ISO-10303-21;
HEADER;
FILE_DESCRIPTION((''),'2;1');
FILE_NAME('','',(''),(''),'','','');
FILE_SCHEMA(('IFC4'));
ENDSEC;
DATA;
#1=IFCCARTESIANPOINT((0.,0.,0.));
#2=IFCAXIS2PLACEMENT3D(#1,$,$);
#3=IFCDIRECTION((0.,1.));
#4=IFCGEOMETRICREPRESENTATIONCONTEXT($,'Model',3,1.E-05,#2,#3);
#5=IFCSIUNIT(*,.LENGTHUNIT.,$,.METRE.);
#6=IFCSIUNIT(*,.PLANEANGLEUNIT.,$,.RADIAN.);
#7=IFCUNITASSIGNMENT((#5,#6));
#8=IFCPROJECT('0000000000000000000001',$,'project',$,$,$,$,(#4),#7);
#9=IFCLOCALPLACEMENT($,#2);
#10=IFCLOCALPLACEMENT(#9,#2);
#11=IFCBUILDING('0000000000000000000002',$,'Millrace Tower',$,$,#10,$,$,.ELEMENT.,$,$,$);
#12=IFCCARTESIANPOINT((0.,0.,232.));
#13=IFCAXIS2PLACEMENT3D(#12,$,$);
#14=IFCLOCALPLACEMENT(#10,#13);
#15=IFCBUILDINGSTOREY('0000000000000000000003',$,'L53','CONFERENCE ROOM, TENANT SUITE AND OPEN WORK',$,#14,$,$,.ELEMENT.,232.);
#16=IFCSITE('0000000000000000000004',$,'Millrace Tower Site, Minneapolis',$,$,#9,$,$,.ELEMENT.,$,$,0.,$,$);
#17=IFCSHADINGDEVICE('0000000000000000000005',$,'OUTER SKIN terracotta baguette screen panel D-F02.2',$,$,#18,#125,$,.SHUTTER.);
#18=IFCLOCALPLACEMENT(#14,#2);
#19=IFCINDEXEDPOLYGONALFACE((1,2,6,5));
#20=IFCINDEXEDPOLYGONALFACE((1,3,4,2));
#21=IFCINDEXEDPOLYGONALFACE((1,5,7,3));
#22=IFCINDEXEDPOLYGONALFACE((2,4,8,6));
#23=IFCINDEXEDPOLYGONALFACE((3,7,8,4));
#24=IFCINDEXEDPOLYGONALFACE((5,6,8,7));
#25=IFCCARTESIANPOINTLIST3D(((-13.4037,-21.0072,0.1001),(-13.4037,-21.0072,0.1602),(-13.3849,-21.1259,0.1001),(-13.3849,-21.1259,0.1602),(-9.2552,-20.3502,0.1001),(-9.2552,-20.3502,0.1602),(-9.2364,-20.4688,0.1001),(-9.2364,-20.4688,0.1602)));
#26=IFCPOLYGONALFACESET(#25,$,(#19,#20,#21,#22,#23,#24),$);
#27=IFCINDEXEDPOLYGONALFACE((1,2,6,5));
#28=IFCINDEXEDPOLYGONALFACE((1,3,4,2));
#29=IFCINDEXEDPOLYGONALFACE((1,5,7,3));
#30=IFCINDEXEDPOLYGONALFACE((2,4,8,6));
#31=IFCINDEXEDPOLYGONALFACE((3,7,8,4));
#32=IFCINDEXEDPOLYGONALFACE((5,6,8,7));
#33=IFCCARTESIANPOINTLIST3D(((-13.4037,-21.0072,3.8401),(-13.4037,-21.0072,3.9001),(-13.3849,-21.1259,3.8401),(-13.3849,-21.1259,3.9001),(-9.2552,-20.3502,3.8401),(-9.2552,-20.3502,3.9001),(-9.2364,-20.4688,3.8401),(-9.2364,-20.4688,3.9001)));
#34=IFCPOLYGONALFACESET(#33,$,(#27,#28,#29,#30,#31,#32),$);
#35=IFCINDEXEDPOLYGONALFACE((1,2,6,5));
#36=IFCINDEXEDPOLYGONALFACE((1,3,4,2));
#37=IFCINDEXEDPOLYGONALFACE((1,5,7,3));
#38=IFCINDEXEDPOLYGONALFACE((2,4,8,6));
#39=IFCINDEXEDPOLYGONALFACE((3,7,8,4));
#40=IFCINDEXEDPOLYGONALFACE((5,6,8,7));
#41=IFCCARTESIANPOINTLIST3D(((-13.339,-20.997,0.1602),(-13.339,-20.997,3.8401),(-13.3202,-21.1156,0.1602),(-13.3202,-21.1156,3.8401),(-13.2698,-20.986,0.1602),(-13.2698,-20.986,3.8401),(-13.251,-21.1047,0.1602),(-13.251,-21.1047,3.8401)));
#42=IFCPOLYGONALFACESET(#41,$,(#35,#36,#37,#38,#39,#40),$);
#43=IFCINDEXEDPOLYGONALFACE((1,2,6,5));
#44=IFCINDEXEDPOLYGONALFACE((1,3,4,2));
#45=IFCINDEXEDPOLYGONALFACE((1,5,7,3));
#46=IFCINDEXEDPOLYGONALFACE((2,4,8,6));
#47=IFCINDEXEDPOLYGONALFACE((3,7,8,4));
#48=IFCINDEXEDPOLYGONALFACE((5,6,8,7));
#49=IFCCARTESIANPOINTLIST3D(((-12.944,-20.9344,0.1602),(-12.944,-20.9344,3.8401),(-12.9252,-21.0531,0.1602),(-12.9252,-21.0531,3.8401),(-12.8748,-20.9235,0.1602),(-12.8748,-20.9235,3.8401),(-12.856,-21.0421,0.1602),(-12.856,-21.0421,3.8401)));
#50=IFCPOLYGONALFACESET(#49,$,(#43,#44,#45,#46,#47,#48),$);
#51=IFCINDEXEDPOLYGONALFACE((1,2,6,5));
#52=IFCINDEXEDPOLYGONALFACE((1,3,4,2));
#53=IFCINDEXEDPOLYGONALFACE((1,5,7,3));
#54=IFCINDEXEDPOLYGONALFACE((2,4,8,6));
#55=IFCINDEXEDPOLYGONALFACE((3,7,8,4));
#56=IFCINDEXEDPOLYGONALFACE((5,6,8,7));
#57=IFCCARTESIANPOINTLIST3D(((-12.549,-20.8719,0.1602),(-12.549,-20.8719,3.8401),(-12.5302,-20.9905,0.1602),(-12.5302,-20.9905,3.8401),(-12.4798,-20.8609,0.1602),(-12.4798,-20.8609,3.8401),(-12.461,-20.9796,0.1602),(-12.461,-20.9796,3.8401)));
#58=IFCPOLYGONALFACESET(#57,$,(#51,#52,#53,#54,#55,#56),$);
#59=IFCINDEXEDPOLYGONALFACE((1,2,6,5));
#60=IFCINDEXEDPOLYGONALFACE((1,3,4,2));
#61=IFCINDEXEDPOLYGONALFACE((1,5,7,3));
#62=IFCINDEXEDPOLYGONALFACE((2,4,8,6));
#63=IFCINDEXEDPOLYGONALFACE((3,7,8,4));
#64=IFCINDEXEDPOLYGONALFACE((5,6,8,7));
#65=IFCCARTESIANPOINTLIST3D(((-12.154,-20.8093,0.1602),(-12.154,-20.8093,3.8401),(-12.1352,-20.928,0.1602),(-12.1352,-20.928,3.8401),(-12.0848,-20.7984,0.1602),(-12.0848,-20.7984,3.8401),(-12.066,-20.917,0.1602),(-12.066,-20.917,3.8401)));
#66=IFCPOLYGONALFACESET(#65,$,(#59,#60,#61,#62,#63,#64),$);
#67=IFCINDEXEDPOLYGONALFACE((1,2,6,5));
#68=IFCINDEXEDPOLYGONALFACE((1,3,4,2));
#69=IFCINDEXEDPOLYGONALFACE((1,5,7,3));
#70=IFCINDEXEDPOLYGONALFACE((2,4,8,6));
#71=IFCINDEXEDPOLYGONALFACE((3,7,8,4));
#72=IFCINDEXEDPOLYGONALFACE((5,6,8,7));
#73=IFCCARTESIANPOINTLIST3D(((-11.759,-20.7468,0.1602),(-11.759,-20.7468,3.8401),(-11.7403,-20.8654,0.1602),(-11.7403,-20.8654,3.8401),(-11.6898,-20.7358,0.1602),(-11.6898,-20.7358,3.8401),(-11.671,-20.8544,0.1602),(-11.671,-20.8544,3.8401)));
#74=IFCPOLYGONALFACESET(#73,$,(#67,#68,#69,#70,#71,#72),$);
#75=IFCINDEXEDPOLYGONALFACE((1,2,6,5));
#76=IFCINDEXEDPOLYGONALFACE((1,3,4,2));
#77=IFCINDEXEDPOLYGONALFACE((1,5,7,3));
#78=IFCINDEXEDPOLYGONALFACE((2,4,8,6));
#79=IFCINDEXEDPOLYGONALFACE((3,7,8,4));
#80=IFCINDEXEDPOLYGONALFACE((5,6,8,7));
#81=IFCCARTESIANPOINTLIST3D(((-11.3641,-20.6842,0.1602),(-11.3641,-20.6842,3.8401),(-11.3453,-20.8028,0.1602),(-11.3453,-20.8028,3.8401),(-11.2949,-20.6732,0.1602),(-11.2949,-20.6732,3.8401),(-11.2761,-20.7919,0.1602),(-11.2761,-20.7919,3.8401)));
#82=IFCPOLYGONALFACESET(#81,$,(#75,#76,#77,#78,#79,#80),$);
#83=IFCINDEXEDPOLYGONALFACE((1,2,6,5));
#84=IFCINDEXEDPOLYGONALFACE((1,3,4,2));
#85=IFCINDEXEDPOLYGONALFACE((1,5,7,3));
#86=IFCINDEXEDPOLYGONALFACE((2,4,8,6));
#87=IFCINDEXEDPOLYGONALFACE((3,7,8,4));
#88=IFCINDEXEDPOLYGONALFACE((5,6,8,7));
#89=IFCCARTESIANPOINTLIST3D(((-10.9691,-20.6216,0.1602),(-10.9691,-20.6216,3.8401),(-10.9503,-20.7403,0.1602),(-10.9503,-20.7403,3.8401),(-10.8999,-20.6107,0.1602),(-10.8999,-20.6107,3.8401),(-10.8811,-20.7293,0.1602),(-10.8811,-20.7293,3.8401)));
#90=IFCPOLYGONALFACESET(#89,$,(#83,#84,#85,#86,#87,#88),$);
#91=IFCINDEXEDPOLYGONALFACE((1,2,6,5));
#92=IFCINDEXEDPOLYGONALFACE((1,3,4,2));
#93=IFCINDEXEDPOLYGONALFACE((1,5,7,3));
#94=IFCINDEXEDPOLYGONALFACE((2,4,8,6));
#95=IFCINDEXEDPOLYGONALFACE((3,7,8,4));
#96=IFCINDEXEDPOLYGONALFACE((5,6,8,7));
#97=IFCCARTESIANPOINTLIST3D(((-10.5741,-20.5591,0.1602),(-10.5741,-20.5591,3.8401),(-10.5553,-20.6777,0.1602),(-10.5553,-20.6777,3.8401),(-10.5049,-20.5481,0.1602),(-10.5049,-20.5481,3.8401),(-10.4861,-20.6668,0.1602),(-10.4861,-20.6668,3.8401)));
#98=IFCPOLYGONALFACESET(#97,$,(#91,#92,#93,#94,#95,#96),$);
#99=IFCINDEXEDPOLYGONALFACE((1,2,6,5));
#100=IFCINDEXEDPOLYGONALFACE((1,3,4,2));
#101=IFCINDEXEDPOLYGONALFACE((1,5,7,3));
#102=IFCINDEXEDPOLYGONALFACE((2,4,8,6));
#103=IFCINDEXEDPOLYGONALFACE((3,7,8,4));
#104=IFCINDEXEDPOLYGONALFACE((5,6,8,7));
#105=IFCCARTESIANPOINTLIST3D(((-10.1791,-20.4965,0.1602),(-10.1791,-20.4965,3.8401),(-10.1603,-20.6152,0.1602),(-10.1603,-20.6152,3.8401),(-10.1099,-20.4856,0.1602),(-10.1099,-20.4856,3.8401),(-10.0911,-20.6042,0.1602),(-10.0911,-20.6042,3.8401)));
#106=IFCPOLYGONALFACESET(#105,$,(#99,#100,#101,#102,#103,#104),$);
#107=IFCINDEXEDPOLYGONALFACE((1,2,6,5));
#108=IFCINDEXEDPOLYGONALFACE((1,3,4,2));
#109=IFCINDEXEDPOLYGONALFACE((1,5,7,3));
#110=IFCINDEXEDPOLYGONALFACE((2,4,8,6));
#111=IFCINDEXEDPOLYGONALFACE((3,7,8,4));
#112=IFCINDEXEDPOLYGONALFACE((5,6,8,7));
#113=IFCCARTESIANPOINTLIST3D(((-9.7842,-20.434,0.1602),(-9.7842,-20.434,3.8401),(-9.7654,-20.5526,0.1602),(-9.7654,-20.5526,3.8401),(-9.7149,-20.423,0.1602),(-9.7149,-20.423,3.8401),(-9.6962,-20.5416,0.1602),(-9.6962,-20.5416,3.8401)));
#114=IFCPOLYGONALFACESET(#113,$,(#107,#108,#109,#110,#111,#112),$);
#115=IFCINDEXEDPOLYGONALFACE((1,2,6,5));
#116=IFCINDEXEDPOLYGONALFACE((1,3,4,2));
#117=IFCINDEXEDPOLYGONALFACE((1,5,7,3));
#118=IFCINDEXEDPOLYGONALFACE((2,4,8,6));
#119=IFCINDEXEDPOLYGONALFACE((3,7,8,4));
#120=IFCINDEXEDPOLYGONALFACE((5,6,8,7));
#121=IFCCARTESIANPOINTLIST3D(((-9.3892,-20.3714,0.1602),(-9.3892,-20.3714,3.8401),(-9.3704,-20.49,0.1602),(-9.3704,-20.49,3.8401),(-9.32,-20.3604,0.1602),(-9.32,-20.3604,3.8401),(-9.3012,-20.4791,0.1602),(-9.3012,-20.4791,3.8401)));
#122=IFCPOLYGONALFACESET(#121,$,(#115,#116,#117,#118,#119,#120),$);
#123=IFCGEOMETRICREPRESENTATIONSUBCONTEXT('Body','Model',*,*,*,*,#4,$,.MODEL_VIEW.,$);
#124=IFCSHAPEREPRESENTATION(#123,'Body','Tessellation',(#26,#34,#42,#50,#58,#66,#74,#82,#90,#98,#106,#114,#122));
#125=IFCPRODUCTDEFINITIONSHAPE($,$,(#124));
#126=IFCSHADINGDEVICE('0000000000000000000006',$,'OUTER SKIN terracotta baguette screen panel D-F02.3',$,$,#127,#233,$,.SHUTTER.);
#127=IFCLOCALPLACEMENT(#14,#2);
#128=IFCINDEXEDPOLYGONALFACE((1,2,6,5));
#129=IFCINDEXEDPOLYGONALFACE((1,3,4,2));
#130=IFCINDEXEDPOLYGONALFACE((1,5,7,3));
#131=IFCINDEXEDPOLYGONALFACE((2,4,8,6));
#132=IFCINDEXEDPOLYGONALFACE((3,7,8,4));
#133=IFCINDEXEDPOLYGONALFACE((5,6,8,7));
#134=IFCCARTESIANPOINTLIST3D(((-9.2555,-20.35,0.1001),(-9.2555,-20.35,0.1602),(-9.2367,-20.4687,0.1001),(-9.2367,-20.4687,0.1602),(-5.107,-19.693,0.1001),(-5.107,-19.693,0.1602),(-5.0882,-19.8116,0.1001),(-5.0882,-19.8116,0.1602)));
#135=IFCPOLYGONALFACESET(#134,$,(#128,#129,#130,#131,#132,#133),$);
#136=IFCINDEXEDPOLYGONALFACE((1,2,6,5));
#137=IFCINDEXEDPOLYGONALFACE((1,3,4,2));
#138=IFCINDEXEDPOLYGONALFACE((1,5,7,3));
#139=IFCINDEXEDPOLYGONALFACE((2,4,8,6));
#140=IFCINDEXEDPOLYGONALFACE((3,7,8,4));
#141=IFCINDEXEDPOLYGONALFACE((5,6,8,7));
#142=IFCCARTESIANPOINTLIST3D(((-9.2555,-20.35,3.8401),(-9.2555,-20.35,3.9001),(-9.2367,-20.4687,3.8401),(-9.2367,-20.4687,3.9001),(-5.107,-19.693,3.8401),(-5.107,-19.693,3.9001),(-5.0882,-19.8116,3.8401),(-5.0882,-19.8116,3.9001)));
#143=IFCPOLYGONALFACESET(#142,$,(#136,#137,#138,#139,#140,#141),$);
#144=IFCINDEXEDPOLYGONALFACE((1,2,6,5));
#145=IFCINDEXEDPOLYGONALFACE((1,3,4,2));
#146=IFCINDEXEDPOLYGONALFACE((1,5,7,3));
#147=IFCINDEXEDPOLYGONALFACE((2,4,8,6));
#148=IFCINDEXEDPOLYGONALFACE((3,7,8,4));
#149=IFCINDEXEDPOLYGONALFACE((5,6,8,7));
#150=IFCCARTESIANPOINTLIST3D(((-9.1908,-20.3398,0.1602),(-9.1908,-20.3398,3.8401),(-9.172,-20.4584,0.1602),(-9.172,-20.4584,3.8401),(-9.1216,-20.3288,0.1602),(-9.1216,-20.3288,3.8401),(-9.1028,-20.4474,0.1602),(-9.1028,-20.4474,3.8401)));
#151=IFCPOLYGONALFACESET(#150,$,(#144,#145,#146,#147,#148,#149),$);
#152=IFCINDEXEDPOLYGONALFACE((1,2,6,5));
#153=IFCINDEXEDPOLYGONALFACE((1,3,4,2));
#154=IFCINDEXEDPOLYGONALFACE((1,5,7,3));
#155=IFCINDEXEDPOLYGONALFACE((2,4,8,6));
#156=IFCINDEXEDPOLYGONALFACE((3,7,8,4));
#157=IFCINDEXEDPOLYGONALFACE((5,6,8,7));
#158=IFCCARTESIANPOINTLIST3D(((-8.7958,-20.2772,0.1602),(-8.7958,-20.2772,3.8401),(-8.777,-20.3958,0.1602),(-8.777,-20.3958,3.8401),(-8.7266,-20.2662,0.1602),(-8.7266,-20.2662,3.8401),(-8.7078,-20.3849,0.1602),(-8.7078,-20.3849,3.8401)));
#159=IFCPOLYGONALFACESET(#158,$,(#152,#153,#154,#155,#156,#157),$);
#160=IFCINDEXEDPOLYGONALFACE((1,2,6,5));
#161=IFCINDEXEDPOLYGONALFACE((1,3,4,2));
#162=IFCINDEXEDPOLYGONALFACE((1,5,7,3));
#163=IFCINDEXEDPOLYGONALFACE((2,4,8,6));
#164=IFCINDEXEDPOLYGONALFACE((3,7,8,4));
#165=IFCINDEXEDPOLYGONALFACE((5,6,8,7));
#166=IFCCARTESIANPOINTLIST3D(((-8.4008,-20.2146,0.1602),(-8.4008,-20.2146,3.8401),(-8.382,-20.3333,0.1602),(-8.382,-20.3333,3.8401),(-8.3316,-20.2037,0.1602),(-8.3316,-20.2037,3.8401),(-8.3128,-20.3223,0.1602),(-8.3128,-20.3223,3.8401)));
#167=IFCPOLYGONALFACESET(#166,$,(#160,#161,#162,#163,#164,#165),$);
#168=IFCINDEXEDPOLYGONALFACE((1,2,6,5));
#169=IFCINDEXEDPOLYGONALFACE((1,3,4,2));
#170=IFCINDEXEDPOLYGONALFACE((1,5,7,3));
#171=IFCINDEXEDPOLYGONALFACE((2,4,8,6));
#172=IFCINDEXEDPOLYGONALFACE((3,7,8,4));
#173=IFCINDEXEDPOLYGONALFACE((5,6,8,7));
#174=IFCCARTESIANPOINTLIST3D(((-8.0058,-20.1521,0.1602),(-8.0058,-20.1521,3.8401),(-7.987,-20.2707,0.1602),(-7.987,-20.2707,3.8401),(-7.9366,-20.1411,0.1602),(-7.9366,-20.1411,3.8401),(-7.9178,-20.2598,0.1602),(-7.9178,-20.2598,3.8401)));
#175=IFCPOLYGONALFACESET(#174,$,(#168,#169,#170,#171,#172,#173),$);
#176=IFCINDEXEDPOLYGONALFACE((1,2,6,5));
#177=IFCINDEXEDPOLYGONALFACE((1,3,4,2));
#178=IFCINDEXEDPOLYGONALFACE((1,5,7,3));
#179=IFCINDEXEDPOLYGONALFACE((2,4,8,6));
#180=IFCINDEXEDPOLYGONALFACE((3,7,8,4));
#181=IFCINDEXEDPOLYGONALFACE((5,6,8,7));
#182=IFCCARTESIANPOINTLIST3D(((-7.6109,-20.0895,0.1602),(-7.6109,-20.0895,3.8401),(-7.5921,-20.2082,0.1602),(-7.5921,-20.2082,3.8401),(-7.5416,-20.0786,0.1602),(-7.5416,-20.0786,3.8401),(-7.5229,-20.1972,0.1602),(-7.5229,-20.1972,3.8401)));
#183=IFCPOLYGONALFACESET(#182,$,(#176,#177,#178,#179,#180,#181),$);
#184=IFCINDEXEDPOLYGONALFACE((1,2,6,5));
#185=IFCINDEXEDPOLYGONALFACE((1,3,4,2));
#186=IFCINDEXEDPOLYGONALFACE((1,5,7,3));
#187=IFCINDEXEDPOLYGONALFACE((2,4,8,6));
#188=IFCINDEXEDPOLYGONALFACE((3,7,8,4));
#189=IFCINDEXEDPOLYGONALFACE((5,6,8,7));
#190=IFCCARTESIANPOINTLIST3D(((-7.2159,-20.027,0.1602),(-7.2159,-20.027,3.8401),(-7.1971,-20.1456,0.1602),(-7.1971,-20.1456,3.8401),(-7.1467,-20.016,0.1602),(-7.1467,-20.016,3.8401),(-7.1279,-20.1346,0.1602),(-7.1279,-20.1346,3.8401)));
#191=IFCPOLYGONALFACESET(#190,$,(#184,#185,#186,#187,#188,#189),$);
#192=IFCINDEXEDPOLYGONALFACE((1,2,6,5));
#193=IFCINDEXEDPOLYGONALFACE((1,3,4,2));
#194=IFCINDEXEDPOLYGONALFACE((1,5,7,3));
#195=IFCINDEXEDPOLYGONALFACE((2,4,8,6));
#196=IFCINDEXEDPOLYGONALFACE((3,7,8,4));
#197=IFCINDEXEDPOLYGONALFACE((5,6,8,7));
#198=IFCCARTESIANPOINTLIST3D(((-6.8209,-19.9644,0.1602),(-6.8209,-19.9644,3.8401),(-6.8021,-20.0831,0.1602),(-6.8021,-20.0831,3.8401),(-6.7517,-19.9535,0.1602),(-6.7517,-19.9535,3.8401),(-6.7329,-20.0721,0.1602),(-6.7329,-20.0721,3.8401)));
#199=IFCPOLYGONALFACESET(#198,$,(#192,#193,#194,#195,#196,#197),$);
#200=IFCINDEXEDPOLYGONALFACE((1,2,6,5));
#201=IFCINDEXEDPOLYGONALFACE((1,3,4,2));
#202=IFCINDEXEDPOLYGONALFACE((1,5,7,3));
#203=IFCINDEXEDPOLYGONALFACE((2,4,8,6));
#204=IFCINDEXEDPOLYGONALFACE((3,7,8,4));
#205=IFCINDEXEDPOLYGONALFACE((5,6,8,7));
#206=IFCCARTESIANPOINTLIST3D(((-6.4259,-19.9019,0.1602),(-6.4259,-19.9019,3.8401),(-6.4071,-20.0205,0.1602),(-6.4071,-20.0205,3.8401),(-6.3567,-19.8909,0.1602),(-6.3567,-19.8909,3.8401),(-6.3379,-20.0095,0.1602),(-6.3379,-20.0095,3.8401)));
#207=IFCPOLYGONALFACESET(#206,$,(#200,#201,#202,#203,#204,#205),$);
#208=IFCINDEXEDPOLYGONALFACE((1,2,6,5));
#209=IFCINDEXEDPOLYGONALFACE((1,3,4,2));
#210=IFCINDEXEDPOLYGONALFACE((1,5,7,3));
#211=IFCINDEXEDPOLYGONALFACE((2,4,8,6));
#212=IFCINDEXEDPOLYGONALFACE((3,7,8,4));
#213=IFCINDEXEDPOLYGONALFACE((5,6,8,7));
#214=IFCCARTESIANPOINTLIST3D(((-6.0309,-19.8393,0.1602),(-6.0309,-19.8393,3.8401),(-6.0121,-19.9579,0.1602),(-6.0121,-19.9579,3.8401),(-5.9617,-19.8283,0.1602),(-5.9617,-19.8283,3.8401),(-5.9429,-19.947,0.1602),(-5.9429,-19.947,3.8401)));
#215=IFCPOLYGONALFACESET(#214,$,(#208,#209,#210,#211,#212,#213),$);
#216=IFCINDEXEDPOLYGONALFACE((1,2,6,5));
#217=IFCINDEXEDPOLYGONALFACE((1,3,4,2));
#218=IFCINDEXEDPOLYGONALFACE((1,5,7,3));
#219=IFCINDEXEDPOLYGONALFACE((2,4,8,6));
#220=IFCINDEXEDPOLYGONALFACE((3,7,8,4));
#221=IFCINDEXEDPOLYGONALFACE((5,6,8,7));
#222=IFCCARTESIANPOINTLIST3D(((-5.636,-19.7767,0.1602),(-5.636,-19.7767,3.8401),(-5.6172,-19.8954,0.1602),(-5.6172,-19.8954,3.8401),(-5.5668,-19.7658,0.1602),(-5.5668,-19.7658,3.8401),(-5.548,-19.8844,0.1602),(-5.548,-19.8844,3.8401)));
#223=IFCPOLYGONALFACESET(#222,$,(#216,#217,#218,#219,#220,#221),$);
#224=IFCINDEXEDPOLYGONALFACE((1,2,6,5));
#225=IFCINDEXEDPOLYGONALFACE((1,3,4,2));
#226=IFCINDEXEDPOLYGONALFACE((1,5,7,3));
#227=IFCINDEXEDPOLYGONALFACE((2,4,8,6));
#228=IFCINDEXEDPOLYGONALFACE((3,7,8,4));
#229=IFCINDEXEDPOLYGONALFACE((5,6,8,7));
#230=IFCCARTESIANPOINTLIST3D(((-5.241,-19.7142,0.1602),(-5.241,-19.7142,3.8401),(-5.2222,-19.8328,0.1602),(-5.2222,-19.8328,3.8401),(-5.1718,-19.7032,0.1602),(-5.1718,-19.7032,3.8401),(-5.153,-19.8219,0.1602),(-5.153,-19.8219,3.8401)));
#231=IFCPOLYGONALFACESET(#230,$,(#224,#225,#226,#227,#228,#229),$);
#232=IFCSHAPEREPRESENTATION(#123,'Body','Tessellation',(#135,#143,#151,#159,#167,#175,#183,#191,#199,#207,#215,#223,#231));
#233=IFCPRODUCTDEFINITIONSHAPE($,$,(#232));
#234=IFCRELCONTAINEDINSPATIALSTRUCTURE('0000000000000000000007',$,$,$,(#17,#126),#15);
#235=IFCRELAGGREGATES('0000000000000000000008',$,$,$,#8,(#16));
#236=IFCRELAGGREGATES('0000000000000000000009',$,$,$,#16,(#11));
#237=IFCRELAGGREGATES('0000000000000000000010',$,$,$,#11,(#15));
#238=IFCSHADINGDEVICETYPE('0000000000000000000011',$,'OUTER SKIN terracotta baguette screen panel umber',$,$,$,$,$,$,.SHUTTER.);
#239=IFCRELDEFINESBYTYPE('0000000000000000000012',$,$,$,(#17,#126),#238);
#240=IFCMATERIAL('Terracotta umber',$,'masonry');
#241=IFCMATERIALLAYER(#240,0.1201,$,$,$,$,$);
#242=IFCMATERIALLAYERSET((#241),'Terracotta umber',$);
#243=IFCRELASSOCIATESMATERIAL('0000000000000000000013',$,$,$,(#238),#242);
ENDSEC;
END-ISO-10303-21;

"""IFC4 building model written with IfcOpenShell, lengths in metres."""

from ifc_helpers import new_model, entity, si_unit, direction, frame, frame_2d, origin, origin_2d, place, context, subcontext, project, spatial, rectangle, extrude, source, transform, mapped, material, layer, layer_set, type_object, element, save


model = new_model("IFC4")

# Units and contexts
model_context = context("Model", 3, precision=1e-05, world=origin(), true_north=direction((0.0, 1.0)))
body_context = subcontext(model_context, "Body", "Model", "MODEL_VIEW")
ifc_project = project(units=[si_unit("LENGTHUNIT", "METRE"), si_unit("PLANEANGLEUNIT", "RADIAN")], contexts=[model_context])

# Site, building, storey
site_placement = place(None, origin())
site = spatial("IfcSite", under=ifc_project, at=site_placement, Name="Millrace Tower Site, Minneapolis", CompositionType="ELEMENT", RefElevation=0.0)
building_placement = place(site_placement, origin())
building = spatial("IfcBuilding", under=site, at=building_placement, Name="Millrace Tower", CompositionType="ELEMENT")
storey_placement = place(building_placement, frame((0.0, 0.0, 232.0)))
storey = spatial("IfcBuildingStorey", under=building, at=storey_placement, Name="L53", Description="CONFERENCE ROOM, TENANT SUITE AND OPEN WORK", CompositionType="ELEMENT", Elevation=232.0)

# Shading devices
ifc_material_1 = material(Name="Terracotta umber", Category="masonry")
ifc_layer_1 = layer(ifc_material_1, 0.1201)
ifc_layer_set_1 = layer_set([ifc_layer_1], Name="Terracotta umber")
shading_device_type = type_object("IfcShadingDeviceType", Name="OUTER SKIN terracotta baguette screen panel umber", PredefinedType="SHUTTER", material=ifc_layer_set_1)
cartesian_point = entity("IfcCartesianPoint", [-2.1001, 0.0601])
shared_polyline = entity("IfcPolyline", [cartesian_point, entity("IfcCartesianPoint", [2.1001, 0.0601]), entity("IfcCartesianPoint", [2.1001, -0.0601]), entity("IfcCartesianPoint", [-2.1001, -0.0601]), cartesian_point])
shared_shape = source(origin(), body_context, "Body", "SweptSolid", [
    entity("IfcExtrudedAreaSolid", entity("IfcArbitraryClosedProfileDef", "AREA", None, shared_polyline), entity("IfcAxis2Placement3D", entity("IfcCartesianPoint", [0.0, 0.0, 0.0])), entity("IfcDirection", [0.0, 0.0, 1.0]), 0.0601),
    entity("IfcExtrudedAreaSolid", entity("IfcArbitraryClosedProfileDef", "AREA", None, shared_polyline), entity("IfcAxis2Placement3D", entity("IfcCartesianPoint", [0.0, 0.0, 3.74])), entity("IfcDirection", [0.0, 0.0, 1.0]), 0.0601),
    extrude(rectangle(XDim=0.0701, YDim=0.1201, at=frame_2d((-1.9995, 0.0))), frame((0.0, 0.0, 0.0601)), (0.0, 0.0, 1.0), 3.6799),
    extrude(rectangle(XDim=0.0701, YDim=0.1201, at=frame_2d((-1.5996, 0.0))), frame((0.0, 0.0, 0.0601)), (0.0, 0.0, 1.0), 3.6799),
    extrude(rectangle(XDim=0.0701, YDim=0.1201, at=frame_2d((-1.1997, 0.0))), frame((0.0, 0.0, 0.0601)), (0.0, 0.0, 1.0), 3.6799),
    extrude(rectangle(XDim=0.0701, YDim=0.1201, at=frame_2d((-0.7998, 0.0))), frame((0.0, 0.0, 0.0601)), (0.0, 0.0, 1.0), 3.6799),
    extrude(rectangle(XDim=0.0701, YDim=0.1201, at=frame_2d((-0.3999, 0.0))), frame((0.0, 0.0, 0.0601)), (0.0, 0.0, 1.0), 3.6799),
    extrude(rectangle(XDim=0.0701, YDim=0.1201, at=origin_2d()), frame((0.0, 0.0, 0.0601)), (0.0, 0.0, 1.0), 3.6799),
    extrude(rectangle(XDim=0.0701, YDim=0.1201, at=frame_2d((0.3999, 0.0))), frame((0.0, 0.0, 0.0601)), (0.0, 0.0, 1.0), 3.6799),
    extrude(rectangle(XDim=0.0701, YDim=0.1201, at=frame_2d((0.7998, 0.0))), frame((0.0, 0.0, 0.0601)), (0.0, 0.0, 1.0), 3.6799),
    extrude(rectangle(XDim=0.0701, YDim=0.1201, at=frame_2d((1.1997, 0.0))), frame((0.0, 0.0, 0.0601)), (0.0, 0.0, 1.0), 3.6799),
    extrude(rectangle(XDim=0.0701, YDim=0.1201, at=frame_2d((1.5996, 0.0))), frame((0.0, 0.0, 0.0601)), (0.0, 0.0, 1.0), 3.6799),
    extrude(rectangle(XDim=0.0701, YDim=0.1201, at=frame_2d((1.9995, 0.0))), frame((0.0, 0.0, 0.0601)), (0.0, 0.0, 1.0), 3.6799),
])
for number, where, z_axis, x_axis, name in (
    (1, (-11.3201, -20.738, 0.1001), (0.0, 0.0, 1.0), (0.987688, 0.156434, 0.0), "OUTER SKIN terracotta baguette screen panel D-F02.2"),
    (2, (-7.1719, -20.0808, 0.1001), (0.0, 0.0, 1.0), (0.987688, 0.156434, 0.0), "OUTER SKIN terracotta baguette screen panel D-F02.3"),
):
    element("IfcShadingDevice", number, at=place(storey_placement, frame(where, z_axis=z_axis, x_axis=x_axis)), inside=storey, type_object=shading_device_type, Name=name, PredefinedType="SHUTTER", context=body_context, shape_type="MappedRepresentation", body=[
        mapped(shared_shape, transform((0.0, 0.0, 0.0), scale=1.0)),
    ])

save(model, "model.ifc")
